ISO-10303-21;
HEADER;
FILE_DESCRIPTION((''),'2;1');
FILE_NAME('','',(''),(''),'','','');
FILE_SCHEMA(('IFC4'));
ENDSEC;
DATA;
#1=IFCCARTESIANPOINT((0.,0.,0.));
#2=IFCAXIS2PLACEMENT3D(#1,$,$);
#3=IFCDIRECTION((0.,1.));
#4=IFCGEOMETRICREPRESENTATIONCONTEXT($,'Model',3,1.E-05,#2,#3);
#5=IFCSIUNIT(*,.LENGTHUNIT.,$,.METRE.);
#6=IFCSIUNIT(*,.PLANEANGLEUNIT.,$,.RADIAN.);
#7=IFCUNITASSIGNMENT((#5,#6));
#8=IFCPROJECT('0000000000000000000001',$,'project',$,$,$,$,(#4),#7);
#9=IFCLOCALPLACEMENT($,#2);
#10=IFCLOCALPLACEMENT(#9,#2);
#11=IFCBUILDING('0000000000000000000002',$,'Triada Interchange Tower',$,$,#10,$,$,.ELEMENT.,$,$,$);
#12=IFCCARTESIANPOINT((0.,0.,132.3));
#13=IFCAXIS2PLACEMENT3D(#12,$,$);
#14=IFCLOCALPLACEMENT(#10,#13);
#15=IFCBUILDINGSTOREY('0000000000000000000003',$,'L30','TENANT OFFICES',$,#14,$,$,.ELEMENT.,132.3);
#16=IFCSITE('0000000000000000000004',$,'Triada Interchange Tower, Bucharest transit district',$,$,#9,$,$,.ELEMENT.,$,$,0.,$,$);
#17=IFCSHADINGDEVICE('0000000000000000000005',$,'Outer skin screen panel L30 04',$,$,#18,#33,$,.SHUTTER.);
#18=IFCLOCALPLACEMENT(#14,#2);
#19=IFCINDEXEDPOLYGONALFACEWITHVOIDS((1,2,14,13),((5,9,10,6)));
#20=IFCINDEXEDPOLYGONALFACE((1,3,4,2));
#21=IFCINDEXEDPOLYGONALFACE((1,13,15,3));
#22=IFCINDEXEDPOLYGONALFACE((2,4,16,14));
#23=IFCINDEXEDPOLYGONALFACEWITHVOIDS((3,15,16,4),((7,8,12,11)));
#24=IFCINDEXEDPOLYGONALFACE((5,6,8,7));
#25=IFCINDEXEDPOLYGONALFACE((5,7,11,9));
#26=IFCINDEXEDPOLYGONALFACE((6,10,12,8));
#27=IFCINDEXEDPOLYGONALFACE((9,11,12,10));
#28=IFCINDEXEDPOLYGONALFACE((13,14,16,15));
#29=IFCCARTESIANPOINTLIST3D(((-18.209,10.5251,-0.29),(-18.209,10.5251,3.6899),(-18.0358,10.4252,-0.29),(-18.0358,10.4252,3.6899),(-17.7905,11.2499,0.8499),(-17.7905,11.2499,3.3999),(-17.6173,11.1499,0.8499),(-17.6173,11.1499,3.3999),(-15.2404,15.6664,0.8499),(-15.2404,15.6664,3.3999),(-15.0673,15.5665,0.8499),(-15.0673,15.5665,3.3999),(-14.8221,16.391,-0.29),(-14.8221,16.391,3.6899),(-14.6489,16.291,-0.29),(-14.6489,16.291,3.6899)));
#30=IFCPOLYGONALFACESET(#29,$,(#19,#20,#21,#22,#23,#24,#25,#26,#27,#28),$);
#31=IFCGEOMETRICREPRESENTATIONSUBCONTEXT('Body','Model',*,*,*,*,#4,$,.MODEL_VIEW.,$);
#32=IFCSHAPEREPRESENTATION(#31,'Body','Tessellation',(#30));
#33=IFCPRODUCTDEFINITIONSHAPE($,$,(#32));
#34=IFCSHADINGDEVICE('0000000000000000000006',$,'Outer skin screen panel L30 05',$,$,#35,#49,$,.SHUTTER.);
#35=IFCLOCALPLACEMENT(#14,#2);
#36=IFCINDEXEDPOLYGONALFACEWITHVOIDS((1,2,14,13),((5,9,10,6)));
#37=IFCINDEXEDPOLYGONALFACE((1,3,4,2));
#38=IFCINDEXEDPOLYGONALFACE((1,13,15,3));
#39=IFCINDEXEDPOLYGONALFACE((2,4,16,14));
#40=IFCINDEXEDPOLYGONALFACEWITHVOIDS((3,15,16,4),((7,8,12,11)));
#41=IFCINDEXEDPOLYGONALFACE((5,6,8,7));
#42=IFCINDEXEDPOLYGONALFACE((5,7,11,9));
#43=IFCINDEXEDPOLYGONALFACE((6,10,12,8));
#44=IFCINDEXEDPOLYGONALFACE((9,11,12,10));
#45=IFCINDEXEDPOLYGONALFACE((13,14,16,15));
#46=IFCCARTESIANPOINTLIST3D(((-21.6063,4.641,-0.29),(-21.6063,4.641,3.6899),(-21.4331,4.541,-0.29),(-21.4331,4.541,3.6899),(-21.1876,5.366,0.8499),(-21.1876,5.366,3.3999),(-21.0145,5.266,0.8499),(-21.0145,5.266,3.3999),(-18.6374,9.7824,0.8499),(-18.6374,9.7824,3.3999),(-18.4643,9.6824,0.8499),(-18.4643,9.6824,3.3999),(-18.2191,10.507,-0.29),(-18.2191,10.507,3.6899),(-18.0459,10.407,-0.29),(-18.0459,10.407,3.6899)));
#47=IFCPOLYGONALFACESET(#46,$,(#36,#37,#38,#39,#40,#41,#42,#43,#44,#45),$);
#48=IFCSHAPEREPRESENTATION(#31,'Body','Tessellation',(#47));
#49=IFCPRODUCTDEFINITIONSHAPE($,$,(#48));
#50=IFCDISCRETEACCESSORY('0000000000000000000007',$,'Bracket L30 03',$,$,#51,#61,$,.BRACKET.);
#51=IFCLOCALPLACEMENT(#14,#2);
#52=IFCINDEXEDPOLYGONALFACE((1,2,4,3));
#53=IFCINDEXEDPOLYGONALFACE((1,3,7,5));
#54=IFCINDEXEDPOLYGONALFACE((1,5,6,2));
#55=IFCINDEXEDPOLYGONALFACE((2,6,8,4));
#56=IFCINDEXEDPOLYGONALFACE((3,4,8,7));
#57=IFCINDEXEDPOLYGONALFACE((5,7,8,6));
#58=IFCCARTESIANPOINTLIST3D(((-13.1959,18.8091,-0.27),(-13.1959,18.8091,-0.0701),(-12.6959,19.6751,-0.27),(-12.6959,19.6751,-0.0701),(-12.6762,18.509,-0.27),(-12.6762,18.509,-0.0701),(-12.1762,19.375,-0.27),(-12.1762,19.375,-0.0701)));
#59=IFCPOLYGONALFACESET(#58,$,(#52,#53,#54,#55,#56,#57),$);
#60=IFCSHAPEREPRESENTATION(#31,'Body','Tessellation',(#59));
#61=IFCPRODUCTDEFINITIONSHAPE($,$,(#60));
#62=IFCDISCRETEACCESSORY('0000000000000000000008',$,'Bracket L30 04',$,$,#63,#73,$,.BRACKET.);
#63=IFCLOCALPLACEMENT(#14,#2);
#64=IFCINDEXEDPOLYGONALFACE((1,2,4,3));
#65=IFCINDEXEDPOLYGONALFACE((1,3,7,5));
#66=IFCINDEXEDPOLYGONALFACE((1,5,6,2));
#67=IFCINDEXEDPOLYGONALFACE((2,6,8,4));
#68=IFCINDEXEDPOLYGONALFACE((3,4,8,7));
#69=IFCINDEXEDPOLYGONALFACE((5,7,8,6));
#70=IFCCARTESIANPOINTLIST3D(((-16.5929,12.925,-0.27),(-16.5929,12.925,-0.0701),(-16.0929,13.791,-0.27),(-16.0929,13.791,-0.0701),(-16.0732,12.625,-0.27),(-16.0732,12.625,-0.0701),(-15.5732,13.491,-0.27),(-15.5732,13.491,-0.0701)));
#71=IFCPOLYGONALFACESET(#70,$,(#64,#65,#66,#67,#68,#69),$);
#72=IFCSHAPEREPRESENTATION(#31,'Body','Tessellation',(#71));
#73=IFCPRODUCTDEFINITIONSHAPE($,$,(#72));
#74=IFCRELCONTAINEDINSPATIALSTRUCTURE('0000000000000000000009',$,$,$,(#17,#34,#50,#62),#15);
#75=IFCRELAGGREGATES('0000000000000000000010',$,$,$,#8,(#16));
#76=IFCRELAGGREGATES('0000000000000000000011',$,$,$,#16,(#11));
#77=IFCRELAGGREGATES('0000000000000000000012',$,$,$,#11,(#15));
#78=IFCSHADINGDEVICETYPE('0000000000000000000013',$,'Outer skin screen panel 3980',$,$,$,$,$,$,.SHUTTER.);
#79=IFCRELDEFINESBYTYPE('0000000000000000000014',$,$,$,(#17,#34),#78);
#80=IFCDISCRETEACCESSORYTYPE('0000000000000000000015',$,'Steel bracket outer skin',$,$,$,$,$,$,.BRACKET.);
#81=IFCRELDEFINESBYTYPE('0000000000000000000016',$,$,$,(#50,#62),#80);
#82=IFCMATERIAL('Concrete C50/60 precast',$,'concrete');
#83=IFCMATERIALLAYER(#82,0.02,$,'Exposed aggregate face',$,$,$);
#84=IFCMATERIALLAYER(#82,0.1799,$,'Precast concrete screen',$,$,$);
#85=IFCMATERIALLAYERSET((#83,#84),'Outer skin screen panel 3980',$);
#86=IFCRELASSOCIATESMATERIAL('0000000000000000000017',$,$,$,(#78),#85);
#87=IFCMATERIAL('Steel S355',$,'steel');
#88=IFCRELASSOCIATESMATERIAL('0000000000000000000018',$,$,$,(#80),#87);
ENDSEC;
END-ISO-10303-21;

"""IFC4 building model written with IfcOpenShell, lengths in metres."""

from ifc_helpers import new_model, si_unit, direction, frame, origin, origin_2d, place, context, subcontext, project, spatial, polyline, rectangle, outline, extrude, material, layer, layer_set, type_object, element, save


model = new_model("IFC4")

# Units and contexts
model_context = context("Model", 3, precision=1e-05, world=origin(), true_north=direction((0.0, 1.0)))
body_context = subcontext(model_context, "Body", "Model", "MODEL_VIEW")
ifc_project = project(units=[si_unit("LENGTHUNIT", "METRE"), si_unit("PLANEANGLEUNIT", "RADIAN")], contexts=[model_context])

# Site, building, storey
site_placement = place(None, origin())
site = spatial("IfcSite", under=ifc_project, at=site_placement, Name="Triada Interchange Tower, Bucharest transit district", CompositionType="ELEMENT", RefElevation=0.0)
building_placement = place(site_placement, origin())
building = spatial("IfcBuilding", under=site, at=building_placement, Name="Triada Interchange Tower", CompositionType="ELEMENT")
storey_placement = place(building_placement, frame((0.0, 0.0, 132.3)))
storey = spatial("IfcBuildingStorey", under=building, at=storey_placement, Name="L30", Description="TENANT OFFICES", CompositionType="ELEMENT", Elevation=132.3)

# Shading devices
ifc_material_1 = material(Name="Concrete C50/60 precast", Category="concrete")
ifc_layer_1 = layer(ifc_material_1, 0.02, Name="Exposed aggregate face")
ifc_layer_2 = layer(ifc_material_1, 0.1799, Name="Precast concrete screen")
ifc_layer_set_1 = layer_set([ifc_layer_1, ifc_layer_2], Name="Outer skin screen panel 3980")
shading_device_type = type_object("IfcShadingDeviceType", Name="Outer skin screen panel 3980", PredefinedType="SHUTTER", material=ifc_layer_set_1)
shading_device_1_placement = place(storey_placement, frame((-14.6489, 16.291, -0.29), z_axis=(0.0, 0.0, 1.0), x_axis=(-0.500027, -0.86601, 0.0)))
element("IfcShadingDevice", 1, at=shading_device_1_placement, inside=storey, type_object=shading_device_type, Name="Outer skin screen panel L30 04", PredefinedType="SHUTTER", context=body_context, shape_type="SweptSolid", body=[
    extrude(outline(polyline([(0.0, 0.0), (6.7734, 0.0), (6.7734, 3.98), (0.0, 3.98), (0.0, 0.0)]), holes=[polyline([(0.8367, 1.1399), (0.8367, 3.6899), (5.9365, 3.6899), (5.9365, 1.1399), (0.8367, 1.1399)])]), frame((0.0, 0.0, 0.0), z_axis=(0.0, -1.0, 0.0), x_axis=(1.0, 0.0, 0.0)), (0.0, 0.0, 1.0), 0.2),
])
shading_device_2_placement = place(storey_placement, frame((-18.0459, 10.407, -0.29), z_axis=(0.0, 0.0, 1.0), x_axis=(-0.500054, -0.865994, 0.0)))
element("IfcShadingDevice", 2, at=shading_device_2_placement, inside=storey, type_object=shading_device_type, Name="Outer skin screen panel L30 05", PredefinedType="SHUTTER", context=body_context, shape_type="SweptSolid", body=[
    extrude(outline(polyline([(0.0, 0.0), (6.7737, 0.0), (6.7737, 3.98), (0.0, 3.98), (0.0, 0.0)]), holes=[polyline([(0.8367, 1.1399), (0.8367, 3.6899), (5.9365, 3.6899), (5.9365, 1.1399), (0.8367, 1.1399)])]), frame((0.0, 0.0, 0.0), z_axis=(0.0, -1.0, 0.0), x_axis=(1.0, 0.0, 0.0)), (0.0, 0.0, 1.0), 0.2),
])

# Discrete accessories
ifc_material_2 = material(Name="Steel S355", Category="steel")
discrete_accessory_type = type_object("IfcDiscreteAccessoryType", Name="Steel bracket outer skin", PredefinedType="BRACKET", material=ifc_material_2)
for number, where, z_axis, x_axis, name in (
    (3, (-12.686, 19.092, -0.27), (0.0, 0.0, 1.0), (-0.866023, 0.500004, 0.0), "Bracket L30 03"),
    (4, (-16.083, 13.208, -0.27), (0.0, 0.0, 1.0), (-0.866023, 0.500004, 0.0), "Bracket L30 04"),
):
    element("IfcDiscreteAccessory", number, at=place(storey_placement, frame(where, z_axis=z_axis, x_axis=x_axis)), inside=storey, type_object=discrete_accessory_type, Name=name, PredefinedType="BRACKET", context=body_context, shape_type="SweptSolid", body=[
        extrude(rectangle(XDim=0.6001, YDim=1.0, at=origin_2d()), origin(), (0.0, 0.0, 1.0), 0.2),
    ])

save(model, "model.ifc")
